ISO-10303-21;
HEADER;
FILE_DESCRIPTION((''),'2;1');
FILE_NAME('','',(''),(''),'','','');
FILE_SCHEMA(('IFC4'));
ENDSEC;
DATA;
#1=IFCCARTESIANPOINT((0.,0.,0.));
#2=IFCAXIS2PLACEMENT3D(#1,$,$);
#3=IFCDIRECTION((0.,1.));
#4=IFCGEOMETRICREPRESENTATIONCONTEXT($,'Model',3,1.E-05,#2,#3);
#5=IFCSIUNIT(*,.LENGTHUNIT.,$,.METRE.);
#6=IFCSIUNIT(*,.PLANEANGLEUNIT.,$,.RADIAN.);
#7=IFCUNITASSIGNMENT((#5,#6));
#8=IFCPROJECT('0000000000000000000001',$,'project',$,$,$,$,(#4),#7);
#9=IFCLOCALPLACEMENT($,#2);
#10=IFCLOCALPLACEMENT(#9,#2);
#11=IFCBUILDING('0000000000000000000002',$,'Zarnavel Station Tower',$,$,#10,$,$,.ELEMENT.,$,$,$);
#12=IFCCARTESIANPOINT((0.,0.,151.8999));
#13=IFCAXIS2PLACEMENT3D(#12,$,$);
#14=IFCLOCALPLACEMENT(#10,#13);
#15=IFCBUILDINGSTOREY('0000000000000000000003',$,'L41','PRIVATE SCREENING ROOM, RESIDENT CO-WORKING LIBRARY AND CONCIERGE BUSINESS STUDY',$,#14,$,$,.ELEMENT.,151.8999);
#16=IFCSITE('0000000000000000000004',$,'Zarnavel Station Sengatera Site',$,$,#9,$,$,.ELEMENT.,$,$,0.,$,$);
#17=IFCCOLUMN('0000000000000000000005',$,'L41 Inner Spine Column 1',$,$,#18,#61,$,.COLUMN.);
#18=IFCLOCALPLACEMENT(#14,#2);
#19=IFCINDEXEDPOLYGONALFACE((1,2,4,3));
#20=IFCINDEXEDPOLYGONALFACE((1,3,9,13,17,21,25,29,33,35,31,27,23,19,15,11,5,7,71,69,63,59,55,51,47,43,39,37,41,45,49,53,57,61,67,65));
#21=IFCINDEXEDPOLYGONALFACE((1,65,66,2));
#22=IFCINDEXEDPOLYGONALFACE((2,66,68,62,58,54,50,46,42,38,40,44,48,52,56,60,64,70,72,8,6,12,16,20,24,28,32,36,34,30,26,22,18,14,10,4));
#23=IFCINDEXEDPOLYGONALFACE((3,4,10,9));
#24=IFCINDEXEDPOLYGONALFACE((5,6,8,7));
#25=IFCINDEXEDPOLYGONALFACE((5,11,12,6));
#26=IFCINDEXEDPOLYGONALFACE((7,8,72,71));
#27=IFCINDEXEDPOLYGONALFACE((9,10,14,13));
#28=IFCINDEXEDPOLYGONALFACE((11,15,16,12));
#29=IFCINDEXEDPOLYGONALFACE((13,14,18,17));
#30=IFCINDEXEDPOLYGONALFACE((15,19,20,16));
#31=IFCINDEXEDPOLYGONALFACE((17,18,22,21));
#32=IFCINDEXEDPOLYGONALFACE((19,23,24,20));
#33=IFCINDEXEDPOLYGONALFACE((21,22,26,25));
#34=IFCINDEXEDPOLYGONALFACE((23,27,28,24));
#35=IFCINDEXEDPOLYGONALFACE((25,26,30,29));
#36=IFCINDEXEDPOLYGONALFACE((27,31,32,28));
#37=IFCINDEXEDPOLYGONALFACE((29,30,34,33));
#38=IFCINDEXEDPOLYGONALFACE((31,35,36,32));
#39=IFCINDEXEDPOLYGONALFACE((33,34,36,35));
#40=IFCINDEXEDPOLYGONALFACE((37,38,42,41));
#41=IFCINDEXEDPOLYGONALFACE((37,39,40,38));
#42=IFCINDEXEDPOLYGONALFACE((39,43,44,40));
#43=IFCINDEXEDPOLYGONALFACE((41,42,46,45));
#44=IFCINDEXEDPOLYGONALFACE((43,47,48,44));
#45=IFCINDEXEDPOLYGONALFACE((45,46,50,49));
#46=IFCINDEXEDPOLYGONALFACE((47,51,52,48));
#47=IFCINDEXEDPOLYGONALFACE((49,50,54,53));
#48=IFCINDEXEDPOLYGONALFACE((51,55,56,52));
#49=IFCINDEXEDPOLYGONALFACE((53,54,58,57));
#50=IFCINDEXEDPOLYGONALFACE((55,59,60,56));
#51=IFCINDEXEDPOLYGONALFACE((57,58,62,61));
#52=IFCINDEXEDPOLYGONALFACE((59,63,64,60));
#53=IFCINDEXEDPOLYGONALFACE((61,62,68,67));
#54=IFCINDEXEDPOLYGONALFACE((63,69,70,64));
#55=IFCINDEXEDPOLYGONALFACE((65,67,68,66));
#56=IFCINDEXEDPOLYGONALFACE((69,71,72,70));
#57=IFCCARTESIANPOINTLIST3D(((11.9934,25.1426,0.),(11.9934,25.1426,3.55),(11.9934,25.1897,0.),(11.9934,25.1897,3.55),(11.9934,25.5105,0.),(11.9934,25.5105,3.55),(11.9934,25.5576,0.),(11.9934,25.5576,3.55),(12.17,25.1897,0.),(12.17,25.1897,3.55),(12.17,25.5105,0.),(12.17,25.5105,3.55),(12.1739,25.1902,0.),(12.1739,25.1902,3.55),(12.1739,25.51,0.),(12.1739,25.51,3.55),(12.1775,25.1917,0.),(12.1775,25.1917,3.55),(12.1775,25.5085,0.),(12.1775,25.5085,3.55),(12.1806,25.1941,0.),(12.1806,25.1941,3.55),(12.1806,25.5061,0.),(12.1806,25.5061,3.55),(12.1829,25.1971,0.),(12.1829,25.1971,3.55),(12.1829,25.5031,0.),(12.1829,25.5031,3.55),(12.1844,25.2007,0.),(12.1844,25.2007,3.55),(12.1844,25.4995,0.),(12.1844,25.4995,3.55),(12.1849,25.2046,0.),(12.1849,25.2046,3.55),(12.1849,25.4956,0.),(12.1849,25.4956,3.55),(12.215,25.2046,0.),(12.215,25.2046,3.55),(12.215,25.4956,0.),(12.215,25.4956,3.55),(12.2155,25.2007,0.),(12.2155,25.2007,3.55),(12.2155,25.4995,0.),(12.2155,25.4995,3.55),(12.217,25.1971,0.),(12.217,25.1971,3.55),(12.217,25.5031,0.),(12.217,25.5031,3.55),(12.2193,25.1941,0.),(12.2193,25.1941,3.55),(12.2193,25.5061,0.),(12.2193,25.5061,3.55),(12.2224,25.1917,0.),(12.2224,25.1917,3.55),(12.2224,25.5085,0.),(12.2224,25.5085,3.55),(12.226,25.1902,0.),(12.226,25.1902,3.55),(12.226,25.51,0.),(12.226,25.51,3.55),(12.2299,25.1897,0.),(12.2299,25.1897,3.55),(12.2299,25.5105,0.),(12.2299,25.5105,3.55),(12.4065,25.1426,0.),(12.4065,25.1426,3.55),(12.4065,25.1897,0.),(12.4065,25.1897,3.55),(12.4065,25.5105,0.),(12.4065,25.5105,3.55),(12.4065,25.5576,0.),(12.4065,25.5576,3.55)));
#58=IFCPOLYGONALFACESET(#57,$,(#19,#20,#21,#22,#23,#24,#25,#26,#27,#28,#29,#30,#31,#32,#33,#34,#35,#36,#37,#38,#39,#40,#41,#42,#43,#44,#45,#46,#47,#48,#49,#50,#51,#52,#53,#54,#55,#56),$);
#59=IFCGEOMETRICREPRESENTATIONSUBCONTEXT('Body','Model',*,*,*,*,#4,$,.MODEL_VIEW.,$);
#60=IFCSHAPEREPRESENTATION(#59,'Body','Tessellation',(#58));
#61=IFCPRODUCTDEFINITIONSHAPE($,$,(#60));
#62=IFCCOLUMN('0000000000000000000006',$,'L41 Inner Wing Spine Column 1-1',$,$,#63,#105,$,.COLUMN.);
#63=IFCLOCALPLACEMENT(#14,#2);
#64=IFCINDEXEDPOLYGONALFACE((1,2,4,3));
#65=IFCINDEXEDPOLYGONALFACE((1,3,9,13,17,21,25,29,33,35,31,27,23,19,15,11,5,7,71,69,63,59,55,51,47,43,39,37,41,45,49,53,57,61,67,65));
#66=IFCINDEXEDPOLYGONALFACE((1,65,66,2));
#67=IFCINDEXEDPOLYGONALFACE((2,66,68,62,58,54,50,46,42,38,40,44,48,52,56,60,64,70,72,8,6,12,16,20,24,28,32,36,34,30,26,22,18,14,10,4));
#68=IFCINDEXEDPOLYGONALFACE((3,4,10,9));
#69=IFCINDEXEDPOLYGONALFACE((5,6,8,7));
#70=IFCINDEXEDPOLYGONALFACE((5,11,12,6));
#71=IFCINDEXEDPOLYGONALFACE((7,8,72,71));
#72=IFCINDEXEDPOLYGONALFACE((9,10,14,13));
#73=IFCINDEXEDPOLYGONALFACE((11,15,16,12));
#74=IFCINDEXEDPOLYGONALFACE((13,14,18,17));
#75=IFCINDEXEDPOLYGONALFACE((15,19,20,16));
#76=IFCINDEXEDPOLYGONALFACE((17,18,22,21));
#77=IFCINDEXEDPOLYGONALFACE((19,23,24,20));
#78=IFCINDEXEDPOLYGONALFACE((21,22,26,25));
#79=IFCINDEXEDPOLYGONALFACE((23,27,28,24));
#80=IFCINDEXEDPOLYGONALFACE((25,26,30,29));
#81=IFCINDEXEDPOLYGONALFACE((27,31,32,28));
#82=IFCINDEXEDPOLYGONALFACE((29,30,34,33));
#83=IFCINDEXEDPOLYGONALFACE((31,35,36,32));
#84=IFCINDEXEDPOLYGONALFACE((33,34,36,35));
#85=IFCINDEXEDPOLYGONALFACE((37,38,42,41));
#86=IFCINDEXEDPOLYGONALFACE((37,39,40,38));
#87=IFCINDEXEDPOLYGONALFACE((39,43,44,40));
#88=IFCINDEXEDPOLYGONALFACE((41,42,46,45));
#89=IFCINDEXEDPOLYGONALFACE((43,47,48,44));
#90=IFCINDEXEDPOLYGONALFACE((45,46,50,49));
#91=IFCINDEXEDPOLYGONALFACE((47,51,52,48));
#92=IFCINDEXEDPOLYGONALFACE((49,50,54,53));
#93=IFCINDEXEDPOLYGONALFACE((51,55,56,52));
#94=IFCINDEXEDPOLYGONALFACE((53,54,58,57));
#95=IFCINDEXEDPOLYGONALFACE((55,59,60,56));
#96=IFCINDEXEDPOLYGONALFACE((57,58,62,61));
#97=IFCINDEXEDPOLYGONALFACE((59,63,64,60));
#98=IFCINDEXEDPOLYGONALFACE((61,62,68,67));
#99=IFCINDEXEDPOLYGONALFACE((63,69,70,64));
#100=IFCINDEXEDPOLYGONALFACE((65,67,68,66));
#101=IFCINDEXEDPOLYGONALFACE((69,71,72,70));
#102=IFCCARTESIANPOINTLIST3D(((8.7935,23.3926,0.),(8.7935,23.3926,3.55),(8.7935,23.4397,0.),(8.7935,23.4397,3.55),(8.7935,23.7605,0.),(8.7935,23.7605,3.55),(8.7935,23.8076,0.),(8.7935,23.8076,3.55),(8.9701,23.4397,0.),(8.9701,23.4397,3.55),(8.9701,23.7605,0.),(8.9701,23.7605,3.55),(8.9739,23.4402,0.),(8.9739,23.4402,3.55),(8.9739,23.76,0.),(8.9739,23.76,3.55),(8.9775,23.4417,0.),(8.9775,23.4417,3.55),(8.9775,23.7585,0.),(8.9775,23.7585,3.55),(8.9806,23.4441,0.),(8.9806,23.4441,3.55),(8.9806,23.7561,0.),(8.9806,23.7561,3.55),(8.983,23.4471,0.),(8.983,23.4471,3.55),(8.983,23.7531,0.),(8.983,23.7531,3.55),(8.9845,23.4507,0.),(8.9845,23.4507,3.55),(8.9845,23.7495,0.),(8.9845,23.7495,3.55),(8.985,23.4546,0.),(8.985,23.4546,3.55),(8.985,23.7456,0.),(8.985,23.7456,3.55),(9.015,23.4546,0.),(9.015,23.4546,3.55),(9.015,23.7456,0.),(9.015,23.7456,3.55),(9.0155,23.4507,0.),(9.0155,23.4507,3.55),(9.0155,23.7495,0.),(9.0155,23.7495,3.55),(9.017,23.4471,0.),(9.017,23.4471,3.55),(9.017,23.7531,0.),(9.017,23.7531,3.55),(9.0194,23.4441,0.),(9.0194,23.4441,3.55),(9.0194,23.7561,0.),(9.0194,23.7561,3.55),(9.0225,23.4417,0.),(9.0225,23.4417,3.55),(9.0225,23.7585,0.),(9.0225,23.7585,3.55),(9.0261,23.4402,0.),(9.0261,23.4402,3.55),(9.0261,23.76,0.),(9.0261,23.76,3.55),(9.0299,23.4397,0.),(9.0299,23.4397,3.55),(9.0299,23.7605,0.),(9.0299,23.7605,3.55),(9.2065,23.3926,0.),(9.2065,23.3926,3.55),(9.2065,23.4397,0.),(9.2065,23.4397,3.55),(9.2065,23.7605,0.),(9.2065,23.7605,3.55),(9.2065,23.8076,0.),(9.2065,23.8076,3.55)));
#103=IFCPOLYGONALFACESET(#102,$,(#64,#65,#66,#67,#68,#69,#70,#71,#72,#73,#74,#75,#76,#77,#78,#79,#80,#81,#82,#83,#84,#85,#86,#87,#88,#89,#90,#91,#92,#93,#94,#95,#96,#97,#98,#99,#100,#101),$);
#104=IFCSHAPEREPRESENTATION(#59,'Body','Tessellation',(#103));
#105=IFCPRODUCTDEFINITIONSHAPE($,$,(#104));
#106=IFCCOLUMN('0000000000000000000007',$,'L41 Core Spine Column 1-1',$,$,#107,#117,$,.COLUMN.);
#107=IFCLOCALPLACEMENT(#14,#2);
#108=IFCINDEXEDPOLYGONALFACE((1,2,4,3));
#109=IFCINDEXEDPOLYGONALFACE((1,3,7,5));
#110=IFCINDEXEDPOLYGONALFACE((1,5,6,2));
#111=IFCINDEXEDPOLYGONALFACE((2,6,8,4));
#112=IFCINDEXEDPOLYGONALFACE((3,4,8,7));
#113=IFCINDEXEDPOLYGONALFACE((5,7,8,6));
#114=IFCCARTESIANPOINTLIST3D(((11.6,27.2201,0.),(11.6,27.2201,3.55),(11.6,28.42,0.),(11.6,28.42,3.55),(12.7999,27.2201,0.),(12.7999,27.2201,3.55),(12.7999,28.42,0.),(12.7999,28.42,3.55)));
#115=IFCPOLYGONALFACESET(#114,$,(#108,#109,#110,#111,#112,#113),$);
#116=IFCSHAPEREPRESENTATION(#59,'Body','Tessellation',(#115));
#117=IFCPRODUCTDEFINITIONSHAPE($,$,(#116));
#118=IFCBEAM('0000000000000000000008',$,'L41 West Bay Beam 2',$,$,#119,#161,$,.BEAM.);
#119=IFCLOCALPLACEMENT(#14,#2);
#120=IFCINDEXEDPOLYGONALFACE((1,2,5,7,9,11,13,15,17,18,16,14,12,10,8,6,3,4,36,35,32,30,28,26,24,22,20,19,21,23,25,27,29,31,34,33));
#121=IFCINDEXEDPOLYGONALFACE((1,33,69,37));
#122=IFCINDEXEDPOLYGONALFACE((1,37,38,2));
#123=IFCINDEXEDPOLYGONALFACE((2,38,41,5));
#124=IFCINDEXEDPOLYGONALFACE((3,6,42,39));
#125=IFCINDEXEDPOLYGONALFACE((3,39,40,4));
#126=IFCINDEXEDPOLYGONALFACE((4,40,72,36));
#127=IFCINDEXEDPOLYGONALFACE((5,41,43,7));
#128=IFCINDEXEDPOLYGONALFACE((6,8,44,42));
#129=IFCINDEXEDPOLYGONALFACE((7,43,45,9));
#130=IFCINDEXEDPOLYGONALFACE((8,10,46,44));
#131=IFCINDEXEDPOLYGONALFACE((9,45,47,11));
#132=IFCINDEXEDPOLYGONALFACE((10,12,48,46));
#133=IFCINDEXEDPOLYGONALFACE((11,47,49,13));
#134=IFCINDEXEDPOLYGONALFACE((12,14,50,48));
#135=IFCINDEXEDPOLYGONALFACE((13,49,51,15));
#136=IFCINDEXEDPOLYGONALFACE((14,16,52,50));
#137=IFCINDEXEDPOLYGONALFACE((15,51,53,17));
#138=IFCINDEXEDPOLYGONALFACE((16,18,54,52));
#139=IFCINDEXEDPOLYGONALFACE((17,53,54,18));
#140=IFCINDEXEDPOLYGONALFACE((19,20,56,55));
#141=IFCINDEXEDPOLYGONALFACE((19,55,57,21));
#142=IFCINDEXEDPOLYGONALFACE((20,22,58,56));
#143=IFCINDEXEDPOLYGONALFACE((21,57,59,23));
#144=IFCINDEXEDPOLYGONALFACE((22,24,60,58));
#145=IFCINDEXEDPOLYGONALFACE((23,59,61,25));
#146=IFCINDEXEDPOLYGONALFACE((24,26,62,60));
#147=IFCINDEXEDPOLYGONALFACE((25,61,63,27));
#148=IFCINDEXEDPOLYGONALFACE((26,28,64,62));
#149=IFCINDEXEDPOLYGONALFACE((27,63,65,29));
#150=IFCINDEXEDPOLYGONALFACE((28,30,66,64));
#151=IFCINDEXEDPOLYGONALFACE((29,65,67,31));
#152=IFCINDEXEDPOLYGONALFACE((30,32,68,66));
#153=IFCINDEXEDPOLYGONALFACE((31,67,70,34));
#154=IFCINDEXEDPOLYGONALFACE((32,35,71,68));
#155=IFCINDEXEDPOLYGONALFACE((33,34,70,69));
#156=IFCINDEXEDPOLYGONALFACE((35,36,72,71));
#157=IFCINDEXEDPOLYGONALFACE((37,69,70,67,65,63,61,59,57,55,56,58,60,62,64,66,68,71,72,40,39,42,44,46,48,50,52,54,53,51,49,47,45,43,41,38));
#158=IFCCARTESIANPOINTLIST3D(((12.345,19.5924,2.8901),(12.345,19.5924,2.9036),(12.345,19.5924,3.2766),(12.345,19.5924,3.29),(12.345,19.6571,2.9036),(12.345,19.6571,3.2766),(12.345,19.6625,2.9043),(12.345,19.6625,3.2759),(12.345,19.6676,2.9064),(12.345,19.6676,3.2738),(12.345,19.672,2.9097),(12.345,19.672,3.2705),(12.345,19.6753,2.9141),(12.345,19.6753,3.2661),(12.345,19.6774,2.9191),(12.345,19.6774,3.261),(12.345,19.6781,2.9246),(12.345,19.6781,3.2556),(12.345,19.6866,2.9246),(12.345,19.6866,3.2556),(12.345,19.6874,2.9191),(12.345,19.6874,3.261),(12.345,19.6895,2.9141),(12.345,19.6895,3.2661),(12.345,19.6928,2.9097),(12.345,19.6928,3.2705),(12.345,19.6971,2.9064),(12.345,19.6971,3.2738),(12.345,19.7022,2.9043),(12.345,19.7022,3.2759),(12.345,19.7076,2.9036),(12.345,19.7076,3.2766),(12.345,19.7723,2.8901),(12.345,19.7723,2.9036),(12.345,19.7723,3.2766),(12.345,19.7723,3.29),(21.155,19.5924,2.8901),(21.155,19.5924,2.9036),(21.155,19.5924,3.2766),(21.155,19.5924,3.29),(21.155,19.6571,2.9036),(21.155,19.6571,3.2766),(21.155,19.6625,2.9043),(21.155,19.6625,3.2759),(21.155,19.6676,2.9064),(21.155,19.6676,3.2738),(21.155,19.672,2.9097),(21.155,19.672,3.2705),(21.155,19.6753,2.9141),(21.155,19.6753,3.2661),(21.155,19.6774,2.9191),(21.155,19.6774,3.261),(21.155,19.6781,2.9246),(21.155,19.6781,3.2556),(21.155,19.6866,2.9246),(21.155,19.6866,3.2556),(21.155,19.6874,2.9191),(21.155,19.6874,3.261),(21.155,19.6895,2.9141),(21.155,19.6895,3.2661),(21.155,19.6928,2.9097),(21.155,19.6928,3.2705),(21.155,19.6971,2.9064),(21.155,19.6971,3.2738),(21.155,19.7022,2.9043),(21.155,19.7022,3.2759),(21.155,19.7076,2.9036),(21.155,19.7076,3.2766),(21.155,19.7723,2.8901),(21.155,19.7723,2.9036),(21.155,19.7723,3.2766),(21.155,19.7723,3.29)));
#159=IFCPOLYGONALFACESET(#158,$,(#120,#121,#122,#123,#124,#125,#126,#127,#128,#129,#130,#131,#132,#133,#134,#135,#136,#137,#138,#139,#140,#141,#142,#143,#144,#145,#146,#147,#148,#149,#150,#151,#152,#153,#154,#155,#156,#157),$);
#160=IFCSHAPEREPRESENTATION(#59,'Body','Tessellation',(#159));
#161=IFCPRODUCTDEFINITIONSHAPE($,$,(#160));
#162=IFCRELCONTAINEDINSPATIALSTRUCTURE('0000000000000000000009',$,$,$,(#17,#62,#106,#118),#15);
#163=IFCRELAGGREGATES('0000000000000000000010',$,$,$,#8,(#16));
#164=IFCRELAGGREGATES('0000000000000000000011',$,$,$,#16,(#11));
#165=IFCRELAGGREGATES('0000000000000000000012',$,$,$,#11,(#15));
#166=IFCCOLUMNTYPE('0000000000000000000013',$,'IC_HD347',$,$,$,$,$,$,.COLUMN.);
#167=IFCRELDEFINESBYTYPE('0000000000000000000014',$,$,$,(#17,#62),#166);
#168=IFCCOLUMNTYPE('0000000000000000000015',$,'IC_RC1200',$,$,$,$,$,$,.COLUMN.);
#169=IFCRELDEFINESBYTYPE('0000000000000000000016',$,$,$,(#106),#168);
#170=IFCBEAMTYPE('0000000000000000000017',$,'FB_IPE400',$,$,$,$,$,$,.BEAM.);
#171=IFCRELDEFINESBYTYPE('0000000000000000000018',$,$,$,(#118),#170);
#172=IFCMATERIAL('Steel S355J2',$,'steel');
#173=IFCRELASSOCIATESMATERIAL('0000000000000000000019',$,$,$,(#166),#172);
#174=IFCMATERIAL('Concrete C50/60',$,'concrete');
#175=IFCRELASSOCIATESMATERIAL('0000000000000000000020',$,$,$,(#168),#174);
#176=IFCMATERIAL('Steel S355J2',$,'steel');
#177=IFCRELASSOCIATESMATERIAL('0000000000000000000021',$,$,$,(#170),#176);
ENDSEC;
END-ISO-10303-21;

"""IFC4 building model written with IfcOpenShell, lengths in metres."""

from ifc_helpers import new_model, si_unit, direction, frame, origin, origin_2d, place, context, subcontext, project, spatial, rectangle, i_section, extrude, material, material_profile, profile_set, type_object, element, save


model = new_model("IFC4")

# Units and contexts
model_context = context("Model", 3, precision=1e-05, world=origin(), true_north=direction((0.0, 1.0)))
body_context = subcontext(model_context, "Body", "Model", "MODEL_VIEW")
ifc_project = project(units=[si_unit("LENGTHUNIT", "METRE"), si_unit("PLANEANGLEUNIT", "RADIAN")], contexts=[model_context])

# Site, building, storey
site_placement = place(None, origin())
site = spatial("IfcSite", under=ifc_project, at=site_placement, Name="Zarnavel Station Sengatera Site", CompositionType="ELEMENT", RefElevation=0.0)
building_placement = place(site_placement, origin())
building = spatial("IfcBuilding", under=site, at=building_placement, Name="Zarnavel Station Tower", CompositionType="ELEMENT")
storey_placement = place(building_placement, frame((0.0, 0.0, 151.8999)))
storey = spatial("IfcBuildingStorey", under=building, at=storey_placement, Name="L41", Description="PRIVATE SCREENING ROOM, RESIDENT CO-WORKING LIBRARY AND CONCIERGE BUSINESS STUDY", CompositionType="ELEMENT", Elevation=151.8999)

# Columns
ifc_material_1 = material(Name="Steel S355J2", Category="steel")
ifc_material_profile_1 = material_profile(ifc_material_1, i_section(OverallWidth=0.4131, OverallDepth=0.415, WebThickness=0.03, FlangeThickness=0.0471, FilletRadius=0.0149, at=origin_2d()), Name="HD400x347")
ifc_profile_set_1 = profile_set([ifc_material_profile_1], Name="Steel S355J2")
column_type_1 = type_object("IfcColumnType", Name="IC_HD347", PredefinedType="COLUMN", material=ifc_profile_set_1)
for number, where, z_axis, x_axis, name in (
    (1, (12.2, 25.3501, 0.0), (0.0, 0.0, 1.0), (1.0, 0.0, 0.0), "L41 Inner Spine Column 1"),
    (2, (9.0, 23.6001, 0.0), (0.0, 0.0, 1.0), (1.0, 0.0, 0.0), "L41 Inner Wing Spine Column 1-1"),
):
    element("IfcColumn", number, at=place(storey_placement, frame(where, z_axis=z_axis, x_axis=x_axis)), inside=storey, type_object=column_type_1, Name=name, PredefinedType="COLUMN", context=body_context, shape_type="SweptSolid", body=[
        extrude(i_section(OverallWidth=0.4131, OverallDepth=0.415, WebThickness=0.03, FlangeThickness=0.0471, FilletRadius=0.0149, at=origin_2d()), origin(), (0.0, 0.0, 1.0), 3.55),
    ])
ifc_material_2 = material(Name="Concrete C50/60", Category="concrete")
ifc_material_profile_2 = material_profile(ifc_material_2, rectangle(XDim=1.2, YDim=1.2, at=origin_2d()), Name="RC1200x1200")
ifc_profile_set_2 = profile_set([ifc_material_profile_2], Name="Concrete C50/60")
column_type_2 = type_object("IfcColumnType", Name="IC_RC1200", PredefinedType="COLUMN", material=ifc_profile_set_2)
column_placement = place(storey_placement, frame((12.2, 27.8201, 0.0), z_axis=(0.0, 0.0, 1.0), x_axis=(1.0, 0.0, 0.0)))
element("IfcColumn", 3, at=column_placement, inside=storey, type_object=column_type_2, Name="L41 Core Spine Column 1-1", PredefinedType="COLUMN", context=body_context, shape_type="SweptSolid", body=[
    extrude(rectangle(XDim=1.2, YDim=1.2, at=origin_2d()), origin(), (0.0, 0.0, 1.0), 3.55),
])

# Beam
ifc_material_3 = material(Name="Steel S355J2", Category="steel")
ifc_material_profile_3 = material_profile(ifc_material_3, i_section(OverallWidth=0.1799, OverallDepth=0.3999, WebThickness=0.0085, FlangeThickness=0.0134, FilletRadius=0.021, at=origin_2d()), Name="IPE400")
ifc_profile_set_3 = profile_set([ifc_material_profile_3], Name="Steel S355J2")
beam_type_1 = type_object("IfcBeamType", Name="FB_IPE400", PredefinedType="BEAM", material=ifc_profile_set_3)
beam_1_placement = place(storey_placement, frame((12.345, 19.6824, 3.0901), z_axis=(1.0, 0.0, 0.0), x_axis=(0.0, 1.0, 0.0)))
element("IfcBeam", 4, at=beam_1_placement, inside=storey, type_object=beam_type_1, Name="L41 West Bay Beam 2", PredefinedType="BEAM", context=body_context, shape_type="SweptSolid", body=[
    extrude(i_section(OverallWidth=0.1799, OverallDepth=0.3999, WebThickness=0.0085, FlangeThickness=0.0134, FilletRadius=0.021, at=origin_2d()), origin(), (0.0, 0.0, 1.0), 8.8101),
])

save(model, "model.ifc")
